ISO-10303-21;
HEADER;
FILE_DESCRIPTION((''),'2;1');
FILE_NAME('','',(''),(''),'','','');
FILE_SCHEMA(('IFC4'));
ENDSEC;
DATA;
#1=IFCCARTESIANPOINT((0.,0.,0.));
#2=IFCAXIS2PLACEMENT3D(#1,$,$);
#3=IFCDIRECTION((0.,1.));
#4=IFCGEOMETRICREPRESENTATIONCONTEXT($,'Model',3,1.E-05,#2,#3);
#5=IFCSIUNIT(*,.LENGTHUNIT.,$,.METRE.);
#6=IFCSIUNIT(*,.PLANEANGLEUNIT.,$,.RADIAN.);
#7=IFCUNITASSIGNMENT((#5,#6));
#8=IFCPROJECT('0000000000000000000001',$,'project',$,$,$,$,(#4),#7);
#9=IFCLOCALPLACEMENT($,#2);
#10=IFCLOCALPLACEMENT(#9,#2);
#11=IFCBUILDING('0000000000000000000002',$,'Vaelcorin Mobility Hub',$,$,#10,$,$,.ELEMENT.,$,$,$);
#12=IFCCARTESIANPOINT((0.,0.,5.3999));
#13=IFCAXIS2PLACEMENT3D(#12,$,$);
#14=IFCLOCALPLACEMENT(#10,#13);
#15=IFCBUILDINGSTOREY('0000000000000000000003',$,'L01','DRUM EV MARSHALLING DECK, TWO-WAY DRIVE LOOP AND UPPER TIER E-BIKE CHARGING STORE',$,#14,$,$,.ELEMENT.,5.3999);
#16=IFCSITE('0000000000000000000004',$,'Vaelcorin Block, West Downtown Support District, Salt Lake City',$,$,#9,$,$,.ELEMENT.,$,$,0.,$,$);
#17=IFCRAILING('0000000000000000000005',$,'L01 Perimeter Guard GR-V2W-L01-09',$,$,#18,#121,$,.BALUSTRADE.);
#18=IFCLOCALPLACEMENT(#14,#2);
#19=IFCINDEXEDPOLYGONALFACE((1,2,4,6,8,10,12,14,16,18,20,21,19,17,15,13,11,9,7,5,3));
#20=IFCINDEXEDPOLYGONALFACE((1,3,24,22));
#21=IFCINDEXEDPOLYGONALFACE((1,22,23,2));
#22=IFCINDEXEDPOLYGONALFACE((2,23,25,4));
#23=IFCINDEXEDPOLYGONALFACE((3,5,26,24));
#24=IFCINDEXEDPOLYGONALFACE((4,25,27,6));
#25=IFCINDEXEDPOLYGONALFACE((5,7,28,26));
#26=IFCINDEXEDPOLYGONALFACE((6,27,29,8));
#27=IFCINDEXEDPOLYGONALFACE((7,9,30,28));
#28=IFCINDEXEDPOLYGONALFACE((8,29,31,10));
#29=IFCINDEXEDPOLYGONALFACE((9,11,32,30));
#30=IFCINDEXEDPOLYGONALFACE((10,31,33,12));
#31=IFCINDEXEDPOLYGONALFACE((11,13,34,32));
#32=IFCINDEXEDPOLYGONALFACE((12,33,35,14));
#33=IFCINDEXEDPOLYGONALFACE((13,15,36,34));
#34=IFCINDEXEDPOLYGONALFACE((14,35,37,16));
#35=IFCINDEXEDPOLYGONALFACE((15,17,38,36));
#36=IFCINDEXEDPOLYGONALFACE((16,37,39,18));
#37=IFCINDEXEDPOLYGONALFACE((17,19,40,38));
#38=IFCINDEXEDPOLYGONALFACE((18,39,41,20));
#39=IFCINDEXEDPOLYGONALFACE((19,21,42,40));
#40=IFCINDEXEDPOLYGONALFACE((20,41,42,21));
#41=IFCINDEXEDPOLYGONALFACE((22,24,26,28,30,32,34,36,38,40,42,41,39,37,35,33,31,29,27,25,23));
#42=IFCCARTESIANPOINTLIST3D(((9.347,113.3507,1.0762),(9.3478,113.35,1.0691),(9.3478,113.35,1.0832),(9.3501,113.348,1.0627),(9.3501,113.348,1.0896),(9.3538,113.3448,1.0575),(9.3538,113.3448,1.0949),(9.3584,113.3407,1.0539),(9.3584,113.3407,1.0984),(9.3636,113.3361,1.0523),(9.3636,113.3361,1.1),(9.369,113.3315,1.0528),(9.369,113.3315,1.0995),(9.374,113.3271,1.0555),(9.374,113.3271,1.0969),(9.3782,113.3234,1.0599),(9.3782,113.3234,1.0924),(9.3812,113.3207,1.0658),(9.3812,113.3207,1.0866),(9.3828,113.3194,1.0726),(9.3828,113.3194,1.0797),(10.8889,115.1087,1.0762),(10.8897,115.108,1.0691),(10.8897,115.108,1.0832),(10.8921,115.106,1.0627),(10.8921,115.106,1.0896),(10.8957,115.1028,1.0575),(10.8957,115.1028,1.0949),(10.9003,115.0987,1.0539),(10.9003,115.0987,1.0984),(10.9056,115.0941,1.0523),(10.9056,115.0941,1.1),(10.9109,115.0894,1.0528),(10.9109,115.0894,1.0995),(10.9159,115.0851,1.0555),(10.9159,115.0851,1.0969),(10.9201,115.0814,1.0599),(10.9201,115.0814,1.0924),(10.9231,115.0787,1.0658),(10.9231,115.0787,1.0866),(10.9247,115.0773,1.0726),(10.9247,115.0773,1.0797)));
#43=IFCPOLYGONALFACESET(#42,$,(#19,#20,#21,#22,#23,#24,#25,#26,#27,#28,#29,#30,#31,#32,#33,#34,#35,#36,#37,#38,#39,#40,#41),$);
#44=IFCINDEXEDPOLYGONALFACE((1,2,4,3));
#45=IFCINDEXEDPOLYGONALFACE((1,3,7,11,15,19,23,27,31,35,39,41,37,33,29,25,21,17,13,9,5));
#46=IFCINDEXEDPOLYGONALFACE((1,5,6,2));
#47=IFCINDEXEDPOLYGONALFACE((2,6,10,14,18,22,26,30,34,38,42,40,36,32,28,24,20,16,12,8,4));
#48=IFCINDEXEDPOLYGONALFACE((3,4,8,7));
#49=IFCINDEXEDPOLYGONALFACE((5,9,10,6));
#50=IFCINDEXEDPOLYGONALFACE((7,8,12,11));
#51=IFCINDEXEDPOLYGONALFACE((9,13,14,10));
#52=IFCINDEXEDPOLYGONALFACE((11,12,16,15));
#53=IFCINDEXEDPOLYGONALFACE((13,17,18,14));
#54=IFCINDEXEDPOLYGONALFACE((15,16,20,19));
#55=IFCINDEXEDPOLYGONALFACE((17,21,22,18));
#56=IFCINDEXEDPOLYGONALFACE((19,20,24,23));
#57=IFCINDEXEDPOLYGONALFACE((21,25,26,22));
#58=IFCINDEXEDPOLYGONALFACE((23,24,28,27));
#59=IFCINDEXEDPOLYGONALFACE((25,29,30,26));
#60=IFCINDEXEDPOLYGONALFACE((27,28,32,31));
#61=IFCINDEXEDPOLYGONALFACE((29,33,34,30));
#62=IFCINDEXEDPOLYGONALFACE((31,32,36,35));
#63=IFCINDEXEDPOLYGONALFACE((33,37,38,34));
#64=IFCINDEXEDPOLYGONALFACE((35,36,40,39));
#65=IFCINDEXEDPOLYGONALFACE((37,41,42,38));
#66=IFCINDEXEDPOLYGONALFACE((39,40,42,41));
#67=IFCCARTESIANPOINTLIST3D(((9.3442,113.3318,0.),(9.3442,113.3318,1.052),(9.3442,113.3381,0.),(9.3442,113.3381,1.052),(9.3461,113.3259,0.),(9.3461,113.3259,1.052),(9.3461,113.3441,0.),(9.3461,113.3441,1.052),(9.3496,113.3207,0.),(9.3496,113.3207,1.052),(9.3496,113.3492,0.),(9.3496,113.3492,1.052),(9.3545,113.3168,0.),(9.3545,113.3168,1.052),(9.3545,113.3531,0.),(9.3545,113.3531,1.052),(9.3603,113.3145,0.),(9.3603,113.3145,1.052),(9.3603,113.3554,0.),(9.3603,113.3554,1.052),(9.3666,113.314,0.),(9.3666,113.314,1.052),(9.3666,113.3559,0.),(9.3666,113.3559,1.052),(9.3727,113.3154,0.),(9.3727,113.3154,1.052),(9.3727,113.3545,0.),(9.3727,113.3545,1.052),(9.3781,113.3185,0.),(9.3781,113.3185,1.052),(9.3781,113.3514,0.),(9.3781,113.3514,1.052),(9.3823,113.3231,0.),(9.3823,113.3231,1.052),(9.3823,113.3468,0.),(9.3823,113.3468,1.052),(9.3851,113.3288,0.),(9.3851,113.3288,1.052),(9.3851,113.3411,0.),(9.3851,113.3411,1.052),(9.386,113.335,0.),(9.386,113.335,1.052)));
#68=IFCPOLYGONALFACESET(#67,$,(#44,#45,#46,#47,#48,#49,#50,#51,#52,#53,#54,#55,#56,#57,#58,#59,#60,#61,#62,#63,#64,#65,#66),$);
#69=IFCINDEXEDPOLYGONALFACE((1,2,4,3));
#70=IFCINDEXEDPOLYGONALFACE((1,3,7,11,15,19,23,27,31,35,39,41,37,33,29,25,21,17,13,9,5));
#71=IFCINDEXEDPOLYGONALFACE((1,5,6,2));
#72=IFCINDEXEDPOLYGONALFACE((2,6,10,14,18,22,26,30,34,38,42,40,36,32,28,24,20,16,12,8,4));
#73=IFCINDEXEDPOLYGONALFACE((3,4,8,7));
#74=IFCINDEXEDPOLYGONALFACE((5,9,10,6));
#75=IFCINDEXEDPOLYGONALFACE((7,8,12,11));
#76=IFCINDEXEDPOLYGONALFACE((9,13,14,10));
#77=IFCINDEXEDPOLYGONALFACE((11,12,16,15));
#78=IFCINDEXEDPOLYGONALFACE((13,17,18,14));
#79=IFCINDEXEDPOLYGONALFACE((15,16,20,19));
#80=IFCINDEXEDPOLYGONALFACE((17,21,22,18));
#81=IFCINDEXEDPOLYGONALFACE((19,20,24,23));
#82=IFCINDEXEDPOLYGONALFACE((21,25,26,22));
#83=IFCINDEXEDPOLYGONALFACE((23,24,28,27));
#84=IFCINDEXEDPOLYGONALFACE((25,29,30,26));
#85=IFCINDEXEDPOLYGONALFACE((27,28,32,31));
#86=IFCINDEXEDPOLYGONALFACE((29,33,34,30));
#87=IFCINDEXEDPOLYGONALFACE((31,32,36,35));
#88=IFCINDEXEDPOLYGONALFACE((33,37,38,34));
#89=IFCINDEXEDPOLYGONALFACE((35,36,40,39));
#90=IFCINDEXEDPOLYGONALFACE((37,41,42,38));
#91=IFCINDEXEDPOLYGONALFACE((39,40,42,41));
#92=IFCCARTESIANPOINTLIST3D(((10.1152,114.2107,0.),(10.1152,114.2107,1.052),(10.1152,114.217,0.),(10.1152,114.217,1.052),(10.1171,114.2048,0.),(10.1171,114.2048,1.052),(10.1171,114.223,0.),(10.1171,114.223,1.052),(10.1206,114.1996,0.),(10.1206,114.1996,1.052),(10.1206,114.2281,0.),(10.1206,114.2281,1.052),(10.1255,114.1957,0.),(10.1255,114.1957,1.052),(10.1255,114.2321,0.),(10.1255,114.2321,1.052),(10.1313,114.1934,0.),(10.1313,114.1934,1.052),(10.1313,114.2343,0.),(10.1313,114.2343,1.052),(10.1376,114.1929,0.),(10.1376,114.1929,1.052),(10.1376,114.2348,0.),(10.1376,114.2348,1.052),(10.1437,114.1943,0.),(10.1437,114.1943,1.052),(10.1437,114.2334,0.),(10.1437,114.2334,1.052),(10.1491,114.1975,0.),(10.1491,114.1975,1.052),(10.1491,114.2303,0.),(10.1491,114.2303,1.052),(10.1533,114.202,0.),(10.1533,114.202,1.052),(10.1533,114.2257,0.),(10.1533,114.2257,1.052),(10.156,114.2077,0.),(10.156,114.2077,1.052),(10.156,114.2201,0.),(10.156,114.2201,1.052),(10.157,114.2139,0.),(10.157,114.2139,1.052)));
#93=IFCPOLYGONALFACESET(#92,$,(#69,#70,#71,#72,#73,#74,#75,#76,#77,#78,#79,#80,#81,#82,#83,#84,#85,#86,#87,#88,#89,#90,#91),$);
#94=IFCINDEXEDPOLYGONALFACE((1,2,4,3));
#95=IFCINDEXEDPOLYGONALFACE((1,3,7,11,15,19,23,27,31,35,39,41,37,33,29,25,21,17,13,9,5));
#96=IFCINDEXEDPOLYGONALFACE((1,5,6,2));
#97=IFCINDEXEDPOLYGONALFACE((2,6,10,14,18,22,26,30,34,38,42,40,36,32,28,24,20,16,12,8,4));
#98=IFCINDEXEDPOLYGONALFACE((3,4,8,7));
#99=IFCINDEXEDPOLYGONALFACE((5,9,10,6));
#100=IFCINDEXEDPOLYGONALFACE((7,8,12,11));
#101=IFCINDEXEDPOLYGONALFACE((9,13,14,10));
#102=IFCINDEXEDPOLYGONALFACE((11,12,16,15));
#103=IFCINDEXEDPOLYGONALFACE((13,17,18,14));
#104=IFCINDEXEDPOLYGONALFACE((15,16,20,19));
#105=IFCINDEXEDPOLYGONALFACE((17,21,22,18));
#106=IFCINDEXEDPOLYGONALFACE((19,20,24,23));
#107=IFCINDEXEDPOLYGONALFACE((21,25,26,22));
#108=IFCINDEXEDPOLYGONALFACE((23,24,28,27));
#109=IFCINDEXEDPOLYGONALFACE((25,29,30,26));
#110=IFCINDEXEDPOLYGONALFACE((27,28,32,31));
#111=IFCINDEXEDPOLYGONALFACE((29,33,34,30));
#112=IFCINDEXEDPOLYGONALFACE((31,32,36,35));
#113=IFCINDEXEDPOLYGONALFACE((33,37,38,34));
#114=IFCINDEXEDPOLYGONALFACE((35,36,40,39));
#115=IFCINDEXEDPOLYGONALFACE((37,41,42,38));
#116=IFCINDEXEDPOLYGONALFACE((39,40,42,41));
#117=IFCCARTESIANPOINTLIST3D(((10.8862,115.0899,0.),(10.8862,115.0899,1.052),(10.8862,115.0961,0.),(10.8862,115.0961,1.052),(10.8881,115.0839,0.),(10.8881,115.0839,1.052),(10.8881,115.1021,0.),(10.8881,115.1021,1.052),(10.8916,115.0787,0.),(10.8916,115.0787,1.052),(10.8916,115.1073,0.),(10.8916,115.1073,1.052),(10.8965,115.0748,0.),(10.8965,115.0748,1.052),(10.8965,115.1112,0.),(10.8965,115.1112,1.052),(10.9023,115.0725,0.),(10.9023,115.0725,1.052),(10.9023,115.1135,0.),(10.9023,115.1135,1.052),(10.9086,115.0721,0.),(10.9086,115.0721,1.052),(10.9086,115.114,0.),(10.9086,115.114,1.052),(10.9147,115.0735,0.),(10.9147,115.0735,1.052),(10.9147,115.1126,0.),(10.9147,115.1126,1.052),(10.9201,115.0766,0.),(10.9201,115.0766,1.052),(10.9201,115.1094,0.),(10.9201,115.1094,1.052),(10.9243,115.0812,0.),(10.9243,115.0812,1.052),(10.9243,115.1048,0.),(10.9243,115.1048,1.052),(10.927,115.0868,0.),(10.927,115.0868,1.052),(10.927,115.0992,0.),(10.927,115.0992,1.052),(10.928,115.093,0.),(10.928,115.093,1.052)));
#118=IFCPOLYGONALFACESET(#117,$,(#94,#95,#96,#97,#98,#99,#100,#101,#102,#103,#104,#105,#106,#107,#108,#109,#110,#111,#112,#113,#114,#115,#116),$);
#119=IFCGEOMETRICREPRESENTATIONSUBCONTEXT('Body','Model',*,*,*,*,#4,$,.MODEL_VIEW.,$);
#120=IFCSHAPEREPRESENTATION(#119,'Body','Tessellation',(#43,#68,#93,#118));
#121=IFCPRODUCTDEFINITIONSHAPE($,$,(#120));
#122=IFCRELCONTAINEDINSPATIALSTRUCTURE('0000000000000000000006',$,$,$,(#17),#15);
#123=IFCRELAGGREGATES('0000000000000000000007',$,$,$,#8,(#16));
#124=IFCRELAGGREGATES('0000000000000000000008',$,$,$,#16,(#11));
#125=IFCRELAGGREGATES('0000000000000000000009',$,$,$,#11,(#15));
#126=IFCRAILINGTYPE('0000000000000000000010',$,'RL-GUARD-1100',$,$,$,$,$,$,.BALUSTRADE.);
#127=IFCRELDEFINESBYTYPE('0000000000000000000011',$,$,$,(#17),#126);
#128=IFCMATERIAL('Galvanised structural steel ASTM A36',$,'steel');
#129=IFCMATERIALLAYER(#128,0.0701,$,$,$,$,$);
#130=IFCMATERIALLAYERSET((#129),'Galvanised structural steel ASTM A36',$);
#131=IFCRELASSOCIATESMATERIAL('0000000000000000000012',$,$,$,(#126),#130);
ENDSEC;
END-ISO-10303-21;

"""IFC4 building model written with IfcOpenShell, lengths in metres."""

from ifc_helpers import new_model, si_unit, direction, frame, origin, origin_2d, place, context, subcontext, project, spatial, circle, extrude, material, layer, layer_set, type_object, element, save


model = new_model("IFC4")

# Units and contexts
model_context = context("Model", 3, precision=1e-05, world=origin(), true_north=direction((0.0, 1.0)))
body_context = subcontext(model_context, "Body", "Model", "MODEL_VIEW")
ifc_project = project(units=[si_unit("LENGTHUNIT", "METRE"), si_unit("PLANEANGLEUNIT", "RADIAN")], contexts=[model_context])

# Site, building, storey
site_placement = place(None, origin())
site = spatial("IfcSite", under=ifc_project, at=site_placement, Name="Vaelcorin Block, West Downtown Support District, Salt Lake City", CompositionType="ELEMENT", RefElevation=0.0)
building_placement = place(site_placement, origin())
building = spatial("IfcBuilding", under=site, at=building_placement, Name="Vaelcorin Mobility Hub", CompositionType="ELEMENT")
storey_placement = place(building_placement, frame((0.0, 0.0, 5.3999)))
storey = spatial("IfcBuildingStorey", under=building, at=storey_placement, Name="L01", Description="DRUM EV MARSHALLING DECK, TWO-WAY DRIVE LOOP AND UPPER TIER E-BIKE CHARGING STORE", CompositionType="ELEMENT", Elevation=5.3999)

# Railing
ifc_material_1 = material(Name="Galvanised structural steel ASTM A36", Category="steel")
ifc_layer_1 = layer(ifc_material_1, 0.0701)
ifc_layer_set_1 = layer_set([ifc_layer_1], Name="Galvanised structural steel ASTM A36")
railing_type = type_object("IfcRailingType", Name="RL-GUARD-1100", PredefinedType="BALUSTRADE", material=ifc_layer_set_1)
railing_1_placement = place(storey_placement, frame((9.365, 113.335, 0.0)))
element("IfcRailing", 1, at=railing_1_placement, inside=storey, type_object=railing_type, Name="L01 Perimeter Guard GR-V2W-L01-09", PredefinedType="BALUSTRADE", context=body_context, shape_type="SweptSolid", body=[
    extrude(circle(Radius=0.0239, at=origin_2d()), frame((0.0, 0.0, 1.0762), z_axis=(0.659398, 0.751794, 0.0), x_axis=(-0.751794, 0.659398, 0.0)), (0.0, 0.0, 1.0), 2.3384),
    extrude(circle(Radius=0.021, at=origin_2d()), origin(), (0.0, 0.0, 1.0), 1.052),
    extrude(circle(Radius=0.021, at=origin_2d()), frame((0.771, 0.8789, 0.0)), (0.0, 0.0, 1.0), 1.052),
    extrude(circle(Radius=0.021, at=origin_2d()), frame((1.542, 1.7581, 0.0)), (0.0, 0.0, 1.0), 1.052),
])

save(model, "model.ifc")
